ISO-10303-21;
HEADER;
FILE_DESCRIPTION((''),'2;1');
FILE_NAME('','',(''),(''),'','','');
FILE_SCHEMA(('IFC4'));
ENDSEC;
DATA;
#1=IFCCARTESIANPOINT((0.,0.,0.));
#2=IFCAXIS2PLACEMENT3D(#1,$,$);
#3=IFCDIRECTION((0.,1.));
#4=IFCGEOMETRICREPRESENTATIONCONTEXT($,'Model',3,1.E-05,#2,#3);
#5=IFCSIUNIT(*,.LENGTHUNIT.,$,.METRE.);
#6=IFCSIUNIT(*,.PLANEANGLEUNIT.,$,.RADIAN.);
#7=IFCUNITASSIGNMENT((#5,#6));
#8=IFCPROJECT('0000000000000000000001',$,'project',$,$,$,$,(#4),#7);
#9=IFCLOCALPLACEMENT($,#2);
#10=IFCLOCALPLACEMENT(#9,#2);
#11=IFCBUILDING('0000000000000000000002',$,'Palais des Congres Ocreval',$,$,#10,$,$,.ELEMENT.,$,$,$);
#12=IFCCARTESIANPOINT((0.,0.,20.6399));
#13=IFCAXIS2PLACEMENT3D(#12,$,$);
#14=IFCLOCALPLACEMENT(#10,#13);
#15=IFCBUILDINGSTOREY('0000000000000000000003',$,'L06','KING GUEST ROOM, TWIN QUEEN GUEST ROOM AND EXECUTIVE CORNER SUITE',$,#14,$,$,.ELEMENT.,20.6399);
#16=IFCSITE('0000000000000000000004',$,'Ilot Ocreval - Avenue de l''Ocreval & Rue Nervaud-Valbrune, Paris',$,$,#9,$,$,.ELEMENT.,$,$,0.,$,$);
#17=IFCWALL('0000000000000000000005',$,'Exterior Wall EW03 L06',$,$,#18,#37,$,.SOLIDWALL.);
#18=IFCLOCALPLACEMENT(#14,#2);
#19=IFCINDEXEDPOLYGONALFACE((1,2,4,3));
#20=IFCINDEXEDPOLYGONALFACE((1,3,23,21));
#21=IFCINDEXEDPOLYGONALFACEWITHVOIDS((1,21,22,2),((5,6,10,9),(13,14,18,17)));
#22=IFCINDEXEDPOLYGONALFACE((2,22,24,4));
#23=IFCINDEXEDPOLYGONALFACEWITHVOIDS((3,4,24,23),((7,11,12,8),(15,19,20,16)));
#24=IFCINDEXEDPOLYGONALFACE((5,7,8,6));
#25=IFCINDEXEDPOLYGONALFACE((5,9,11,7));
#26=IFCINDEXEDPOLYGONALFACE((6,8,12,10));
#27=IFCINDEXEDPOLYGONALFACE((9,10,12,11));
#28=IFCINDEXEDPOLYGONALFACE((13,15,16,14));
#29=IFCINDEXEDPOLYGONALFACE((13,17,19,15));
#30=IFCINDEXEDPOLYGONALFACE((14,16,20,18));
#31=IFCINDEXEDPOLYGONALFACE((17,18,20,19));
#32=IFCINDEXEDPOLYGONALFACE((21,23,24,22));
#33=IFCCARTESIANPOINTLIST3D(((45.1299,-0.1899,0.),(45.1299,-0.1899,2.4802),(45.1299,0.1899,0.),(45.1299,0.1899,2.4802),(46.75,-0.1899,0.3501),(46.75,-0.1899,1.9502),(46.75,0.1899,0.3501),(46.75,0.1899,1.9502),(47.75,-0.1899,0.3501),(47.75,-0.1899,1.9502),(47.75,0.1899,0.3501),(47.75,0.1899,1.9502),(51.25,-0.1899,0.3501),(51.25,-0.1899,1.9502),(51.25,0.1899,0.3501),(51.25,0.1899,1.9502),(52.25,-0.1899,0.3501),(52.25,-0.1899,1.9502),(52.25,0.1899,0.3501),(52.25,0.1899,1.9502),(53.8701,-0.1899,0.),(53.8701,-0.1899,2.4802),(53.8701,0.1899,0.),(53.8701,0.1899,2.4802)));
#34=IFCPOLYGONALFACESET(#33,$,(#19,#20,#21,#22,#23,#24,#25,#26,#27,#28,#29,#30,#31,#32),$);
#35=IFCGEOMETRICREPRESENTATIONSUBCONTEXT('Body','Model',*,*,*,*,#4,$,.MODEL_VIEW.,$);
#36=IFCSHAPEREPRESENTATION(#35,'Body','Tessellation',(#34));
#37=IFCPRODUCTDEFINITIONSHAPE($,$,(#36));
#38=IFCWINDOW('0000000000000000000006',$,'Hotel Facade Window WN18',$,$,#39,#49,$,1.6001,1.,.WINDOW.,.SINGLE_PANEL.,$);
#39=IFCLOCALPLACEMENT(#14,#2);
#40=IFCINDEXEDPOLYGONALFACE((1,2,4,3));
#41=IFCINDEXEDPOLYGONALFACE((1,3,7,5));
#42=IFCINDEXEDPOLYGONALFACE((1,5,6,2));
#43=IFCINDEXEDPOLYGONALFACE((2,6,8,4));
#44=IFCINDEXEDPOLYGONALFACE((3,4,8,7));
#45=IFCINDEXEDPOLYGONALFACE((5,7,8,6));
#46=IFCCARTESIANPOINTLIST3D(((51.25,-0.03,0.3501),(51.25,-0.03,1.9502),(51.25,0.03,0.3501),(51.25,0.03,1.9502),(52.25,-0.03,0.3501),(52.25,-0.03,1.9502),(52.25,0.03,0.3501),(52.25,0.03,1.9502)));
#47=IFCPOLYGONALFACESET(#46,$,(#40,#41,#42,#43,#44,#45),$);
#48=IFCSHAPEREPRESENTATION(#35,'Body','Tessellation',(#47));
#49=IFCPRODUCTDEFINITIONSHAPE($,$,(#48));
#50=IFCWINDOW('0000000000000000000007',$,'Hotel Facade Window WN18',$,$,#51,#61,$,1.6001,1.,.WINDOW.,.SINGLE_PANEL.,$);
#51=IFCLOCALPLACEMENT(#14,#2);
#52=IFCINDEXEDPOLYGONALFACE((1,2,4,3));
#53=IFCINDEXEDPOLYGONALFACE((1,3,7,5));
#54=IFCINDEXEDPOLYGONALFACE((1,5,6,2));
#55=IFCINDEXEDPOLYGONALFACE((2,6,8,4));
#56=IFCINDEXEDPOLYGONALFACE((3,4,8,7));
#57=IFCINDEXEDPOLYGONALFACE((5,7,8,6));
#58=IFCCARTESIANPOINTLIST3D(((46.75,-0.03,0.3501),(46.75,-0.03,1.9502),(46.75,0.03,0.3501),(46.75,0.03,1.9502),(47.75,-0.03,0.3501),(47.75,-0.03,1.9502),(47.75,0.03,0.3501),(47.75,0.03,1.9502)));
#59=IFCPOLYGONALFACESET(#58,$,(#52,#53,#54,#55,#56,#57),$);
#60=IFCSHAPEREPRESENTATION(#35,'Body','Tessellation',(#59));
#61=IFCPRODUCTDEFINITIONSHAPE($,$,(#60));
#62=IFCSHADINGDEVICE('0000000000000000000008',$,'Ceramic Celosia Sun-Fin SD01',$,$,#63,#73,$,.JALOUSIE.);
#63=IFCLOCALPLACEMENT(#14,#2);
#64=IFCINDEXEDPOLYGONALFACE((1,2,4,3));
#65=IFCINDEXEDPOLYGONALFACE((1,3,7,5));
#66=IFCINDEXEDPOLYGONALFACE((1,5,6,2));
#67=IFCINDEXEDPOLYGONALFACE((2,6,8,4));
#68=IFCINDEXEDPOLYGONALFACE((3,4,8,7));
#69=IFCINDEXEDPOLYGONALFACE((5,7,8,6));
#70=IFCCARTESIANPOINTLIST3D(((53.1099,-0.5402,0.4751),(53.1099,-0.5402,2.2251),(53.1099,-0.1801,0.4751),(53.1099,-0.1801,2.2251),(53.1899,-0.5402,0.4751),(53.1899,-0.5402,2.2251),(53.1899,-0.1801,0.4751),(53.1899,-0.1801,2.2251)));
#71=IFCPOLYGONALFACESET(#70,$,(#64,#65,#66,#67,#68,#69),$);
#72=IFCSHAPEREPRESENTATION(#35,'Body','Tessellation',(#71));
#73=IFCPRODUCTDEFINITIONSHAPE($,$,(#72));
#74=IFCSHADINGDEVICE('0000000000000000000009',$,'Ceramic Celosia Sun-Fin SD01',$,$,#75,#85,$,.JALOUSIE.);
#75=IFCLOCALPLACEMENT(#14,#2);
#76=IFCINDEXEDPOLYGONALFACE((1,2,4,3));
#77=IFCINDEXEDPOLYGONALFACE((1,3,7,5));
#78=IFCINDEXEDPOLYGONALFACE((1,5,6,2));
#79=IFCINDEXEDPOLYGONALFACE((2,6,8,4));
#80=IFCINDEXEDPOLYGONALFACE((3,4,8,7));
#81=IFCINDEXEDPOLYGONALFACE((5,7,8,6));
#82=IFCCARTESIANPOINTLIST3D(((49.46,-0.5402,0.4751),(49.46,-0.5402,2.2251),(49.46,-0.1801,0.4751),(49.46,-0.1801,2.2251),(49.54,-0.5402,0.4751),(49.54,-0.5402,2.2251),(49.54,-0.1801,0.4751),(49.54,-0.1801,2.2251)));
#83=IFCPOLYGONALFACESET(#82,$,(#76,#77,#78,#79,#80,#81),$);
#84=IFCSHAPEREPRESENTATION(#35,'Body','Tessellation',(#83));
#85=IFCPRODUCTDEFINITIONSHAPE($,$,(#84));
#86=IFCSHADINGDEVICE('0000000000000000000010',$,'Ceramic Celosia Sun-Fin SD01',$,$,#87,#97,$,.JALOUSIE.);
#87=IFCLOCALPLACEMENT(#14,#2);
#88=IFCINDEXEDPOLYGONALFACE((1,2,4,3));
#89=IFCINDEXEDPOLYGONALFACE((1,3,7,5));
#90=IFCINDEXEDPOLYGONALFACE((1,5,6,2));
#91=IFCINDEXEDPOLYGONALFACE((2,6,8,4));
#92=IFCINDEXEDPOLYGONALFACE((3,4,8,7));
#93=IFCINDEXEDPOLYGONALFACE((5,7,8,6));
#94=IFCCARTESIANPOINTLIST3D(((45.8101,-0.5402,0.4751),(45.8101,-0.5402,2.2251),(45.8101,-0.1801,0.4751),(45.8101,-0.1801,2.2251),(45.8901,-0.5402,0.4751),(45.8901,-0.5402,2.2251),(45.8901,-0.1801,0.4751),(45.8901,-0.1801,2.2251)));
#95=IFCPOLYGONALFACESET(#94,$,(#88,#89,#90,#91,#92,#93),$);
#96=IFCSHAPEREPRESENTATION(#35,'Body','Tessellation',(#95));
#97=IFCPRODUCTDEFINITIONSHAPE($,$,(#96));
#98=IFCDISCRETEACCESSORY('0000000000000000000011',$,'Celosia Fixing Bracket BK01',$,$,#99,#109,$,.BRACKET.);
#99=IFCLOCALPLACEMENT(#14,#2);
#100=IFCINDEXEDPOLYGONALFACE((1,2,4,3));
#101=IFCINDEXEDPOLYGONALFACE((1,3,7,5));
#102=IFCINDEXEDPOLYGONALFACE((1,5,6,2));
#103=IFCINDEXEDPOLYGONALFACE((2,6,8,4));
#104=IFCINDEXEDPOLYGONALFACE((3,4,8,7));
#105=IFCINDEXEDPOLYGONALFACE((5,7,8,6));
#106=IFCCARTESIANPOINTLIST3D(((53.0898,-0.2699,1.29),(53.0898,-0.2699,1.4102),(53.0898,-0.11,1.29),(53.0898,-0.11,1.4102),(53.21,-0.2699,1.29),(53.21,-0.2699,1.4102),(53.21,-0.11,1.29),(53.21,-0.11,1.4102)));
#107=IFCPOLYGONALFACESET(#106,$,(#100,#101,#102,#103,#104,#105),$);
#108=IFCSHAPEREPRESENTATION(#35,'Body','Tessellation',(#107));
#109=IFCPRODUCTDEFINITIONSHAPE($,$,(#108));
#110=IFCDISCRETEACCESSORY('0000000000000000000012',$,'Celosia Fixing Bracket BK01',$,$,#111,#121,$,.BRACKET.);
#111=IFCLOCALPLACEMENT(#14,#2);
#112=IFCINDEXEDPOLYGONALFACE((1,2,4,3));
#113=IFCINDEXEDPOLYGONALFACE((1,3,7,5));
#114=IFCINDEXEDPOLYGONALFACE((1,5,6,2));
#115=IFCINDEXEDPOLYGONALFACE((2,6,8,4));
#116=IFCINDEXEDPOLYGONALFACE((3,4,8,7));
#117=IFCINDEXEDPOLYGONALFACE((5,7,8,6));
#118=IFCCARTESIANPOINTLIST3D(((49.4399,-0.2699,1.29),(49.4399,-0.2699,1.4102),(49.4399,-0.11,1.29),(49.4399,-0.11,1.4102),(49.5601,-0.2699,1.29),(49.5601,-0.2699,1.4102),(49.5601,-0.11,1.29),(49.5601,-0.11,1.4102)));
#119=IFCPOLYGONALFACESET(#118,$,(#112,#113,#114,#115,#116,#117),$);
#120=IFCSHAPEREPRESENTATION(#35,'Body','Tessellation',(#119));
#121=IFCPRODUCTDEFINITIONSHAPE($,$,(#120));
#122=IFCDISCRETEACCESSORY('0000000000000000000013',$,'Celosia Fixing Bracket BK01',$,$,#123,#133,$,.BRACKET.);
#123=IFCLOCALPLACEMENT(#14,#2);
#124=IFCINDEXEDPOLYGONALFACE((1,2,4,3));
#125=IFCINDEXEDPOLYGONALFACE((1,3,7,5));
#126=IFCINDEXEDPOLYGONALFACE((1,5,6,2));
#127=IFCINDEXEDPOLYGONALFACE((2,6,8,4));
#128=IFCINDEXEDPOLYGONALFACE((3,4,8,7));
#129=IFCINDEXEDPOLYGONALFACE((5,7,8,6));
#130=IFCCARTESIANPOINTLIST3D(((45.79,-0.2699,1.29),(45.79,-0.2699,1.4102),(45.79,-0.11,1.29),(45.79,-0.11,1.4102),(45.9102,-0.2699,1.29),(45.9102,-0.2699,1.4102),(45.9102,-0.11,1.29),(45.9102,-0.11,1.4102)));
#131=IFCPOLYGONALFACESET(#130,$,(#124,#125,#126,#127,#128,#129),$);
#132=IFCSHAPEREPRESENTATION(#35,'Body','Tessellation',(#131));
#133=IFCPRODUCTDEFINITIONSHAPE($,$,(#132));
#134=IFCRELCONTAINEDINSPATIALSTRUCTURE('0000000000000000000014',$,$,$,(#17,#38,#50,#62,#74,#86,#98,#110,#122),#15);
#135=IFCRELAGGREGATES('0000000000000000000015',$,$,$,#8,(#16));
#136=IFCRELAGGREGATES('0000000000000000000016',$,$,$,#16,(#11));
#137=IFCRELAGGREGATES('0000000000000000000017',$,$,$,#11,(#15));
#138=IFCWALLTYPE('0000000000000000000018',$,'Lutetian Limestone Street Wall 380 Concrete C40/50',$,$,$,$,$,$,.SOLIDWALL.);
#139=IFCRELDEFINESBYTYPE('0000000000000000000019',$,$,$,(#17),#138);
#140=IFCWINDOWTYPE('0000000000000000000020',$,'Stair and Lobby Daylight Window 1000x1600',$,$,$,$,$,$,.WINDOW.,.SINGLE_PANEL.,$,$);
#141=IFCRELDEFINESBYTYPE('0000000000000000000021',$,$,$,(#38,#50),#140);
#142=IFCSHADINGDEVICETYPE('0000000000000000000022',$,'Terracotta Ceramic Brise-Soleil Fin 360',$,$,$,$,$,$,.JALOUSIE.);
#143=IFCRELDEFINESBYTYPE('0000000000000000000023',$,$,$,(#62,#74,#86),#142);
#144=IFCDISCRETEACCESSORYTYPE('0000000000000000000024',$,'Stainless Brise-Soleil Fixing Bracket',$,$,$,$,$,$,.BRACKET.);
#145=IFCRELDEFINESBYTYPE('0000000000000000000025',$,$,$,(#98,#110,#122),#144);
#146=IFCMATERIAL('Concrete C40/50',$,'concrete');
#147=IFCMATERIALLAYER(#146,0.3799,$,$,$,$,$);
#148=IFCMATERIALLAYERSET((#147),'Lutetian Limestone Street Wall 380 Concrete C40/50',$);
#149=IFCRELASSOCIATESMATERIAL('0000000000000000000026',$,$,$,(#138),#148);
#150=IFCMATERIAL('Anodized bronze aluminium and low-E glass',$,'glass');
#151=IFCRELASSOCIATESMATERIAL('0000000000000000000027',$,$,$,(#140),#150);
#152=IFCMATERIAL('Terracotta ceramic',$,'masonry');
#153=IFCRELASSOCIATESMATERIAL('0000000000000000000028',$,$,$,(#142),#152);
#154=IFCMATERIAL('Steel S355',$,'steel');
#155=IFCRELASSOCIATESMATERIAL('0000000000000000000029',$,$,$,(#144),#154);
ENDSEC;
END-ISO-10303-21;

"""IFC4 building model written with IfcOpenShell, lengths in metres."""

from ifc_helpers import new_model, si_unit, direction, frame, frame_2d, origin, origin_2d, place, context, subcontext, project, spatial, rectangle, extrude, material, layer, layer_set, type_object, element, fill, save


model = new_model("IFC4")

# Units and contexts
model_context = context("Model", 3, precision=1e-05, world=origin(), true_north=direction((0.0, 1.0)))
body_context = subcontext(model_context, "Body", "Model", "MODEL_VIEW")
ifc_project = project(units=[si_unit("LENGTHUNIT", "METRE"), si_unit("PLANEANGLEUNIT", "RADIAN")], contexts=[model_context])

# Site, building, storey
site_placement = place(None, origin())
site = spatial("IfcSite", under=ifc_project, at=site_placement, Name="Ilot Ocreval - Avenue de l'Ocreval & Rue Nervaud-Valbrune, Paris", CompositionType="ELEMENT", RefElevation=0.0)
building_placement = place(site_placement, origin())
building = spatial("IfcBuilding", under=site, at=building_placement, Name="Palais des Congres Ocreval", CompositionType="ELEMENT")
storey_placement = place(building_placement, frame((0.0, 0.0, 20.6399)))
storey = spatial("IfcBuildingStorey", under=building, at=storey_placement, Name="L06", Description="KING GUEST ROOM, TWIN QUEEN GUEST ROOM AND EXECUTIVE CORNER SUITE", CompositionType="ELEMENT", Elevation=20.6399)

# Shared definitions
ifc_material_1 = material(Name="Steel S355", Category="steel")

# Shared definitions
ifc_material_2 = material(Name="Concrete C40/50", Category="concrete")

# Wall, openings, windows
ifc_layer_1 = layer(ifc_material_2, 0.3799)
ifc_layer_set_1 = layer_set([ifc_layer_1], Name="Lutetian Limestone Street Wall 380 Concrete C40/50")
wall_type_1 = type_object("IfcWallType", Name="Lutetian Limestone Street Wall 380 Concrete C40/50", PredefinedType="SOLIDWALL", material=ifc_layer_set_1)
wall_1_placement = place(storey_placement, frame((53.8701, 0.0, 0.0), z_axis=(0.0, 0.0, 1.0), x_axis=(-1.0, 0.0, 0.0)))
wall_1 = element("IfcWall", 1, at=wall_1_placement, inside=storey, type_object=wall_type_1, Name="Exterior Wall EW03 L06", PredefinedType="SOLIDWALL", context=body_context, shape_type="SweptSolid", body=[
    extrude(rectangle(XDim=8.7402, YDim=0.3799, at=frame_2d((4.3701, 0.0))), origin(), (0.0, 0.0, 1.0), 2.4802),
])
opening_1_placement = place(wall_1_placement, frame((1.6201, 0.0, 0.3501)))
opening_1 = element("IfcOpeningElement", 2, at=opening_1_placement, cuts=wall_1, PredefinedType="OPENING", context=body_context, shape_type="SweptSolid", body=[
    extrude(rectangle(XDim=1.0, YDim=1.6001, at=frame_2d((0.5, 0.8))), frame((0.0, 0.2, 0.0), z_axis=(0.0, -1.0, 0.0), x_axis=(1.0, 0.0, 0.0)), (0.0, 0.0, 1.0), 0.3999),
])
opening_2_placement = place(wall_1_placement, frame((6.1201, 0.0, 0.3501)))
opening_2 = element("IfcOpeningElement", 3, at=opening_2_placement, cuts=wall_1, PredefinedType="OPENING", context=body_context, shape_type="SweptSolid", body=[
    extrude(rectangle(XDim=1.0, YDim=1.6001, at=frame_2d((0.5, 0.8))), frame((0.0, 0.2, 0.0), z_axis=(0.0, -1.0, 0.0), x_axis=(1.0, 0.0, 0.0)), (0.0, 0.0, 1.0), 0.3999),
])
ifc_material_3 = material(Name="Anodized bronze aluminium and low-E glass", Category="glass")
window_type = type_object("IfcWindowType", Name="Stair and Lobby Daylight Window 1000x1600", PartitioningType="SINGLE_PANEL", PredefinedType="WINDOW", material=ifc_material_3)
window_1_placement = place(opening_1_placement, origin())
window_1 = element("IfcWindow", 4, at=window_1_placement, inside=storey, type_object=window_type, Name="Hotel Facade Window WN18", OverallHeight=1.6001, OverallWidth=1.0, PartitioningType="SINGLE_PANEL", PredefinedType="WINDOW", context=body_context, shape_type="SweptSolid", body=[
    extrude(rectangle(XDim=1.0, YDim=1.6001, at=frame_2d((0.5, 0.8))), frame((0.0, 0.03, 0.0), z_axis=(0.0, -1.0, 0.0), x_axis=(1.0, 0.0, 0.0)), (0.0, 0.0, 1.0), 0.0601),
])
fill(opening_1, window_1)
window_2_placement = place(opening_2_placement, origin())
window_2 = element("IfcWindow", 5, at=window_2_placement, inside=storey, type_object=window_type, Name="Hotel Facade Window WN18", OverallHeight=1.6001, OverallWidth=1.0, PartitioningType="SINGLE_PANEL", PredefinedType="WINDOW", context=body_context, shape_type="SweptSolid", body=[
    extrude(rectangle(XDim=1.0, YDim=1.6001, at=frame_2d((0.5, 0.8))), frame((0.0, 0.03, 0.0), z_axis=(0.0, -1.0, 0.0), x_axis=(1.0, 0.0, 0.0)), (0.0, 0.0, 1.0), 0.0601),
])
fill(opening_2, window_2)

# Shading devices
ifc_material_4 = material(Name="Terracotta ceramic", Category="masonry")
shading_device_type = type_object("IfcShadingDeviceType", Name="Terracotta Ceramic Brise-Soleil Fin 360", PredefinedType="JALOUSIE", material=ifc_material_4)
for number, where, z_axis, x_axis, name in (
    (6, (53.1499, -0.3601, 0.4751), (0.0, 0.0, 1.0), (0.0, -1.0, 0.0), "Ceramic Celosia Sun-Fin SD01"),
    (7, (49.5, -0.3601, 0.4751), (0.0, 0.0, 1.0), (0.0, -1.0, 0.0), "Ceramic Celosia Sun-Fin SD01"),
    (8, (45.8501, -0.3601, 0.4751), (0.0, 0.0, 1.0), (0.0, -1.0, 0.0), "Ceramic Celosia Sun-Fin SD01"),
):
    element("IfcShadingDevice", number, at=place(storey_placement, frame(where, z_axis=z_axis, x_axis=x_axis)), inside=storey, type_object=shading_device_type, Name=name, PredefinedType="JALOUSIE", context=body_context, shape_type="SweptSolid", body=[
        extrude(rectangle(XDim=0.3601, YDim=0.0801, at=origin_2d()), origin(), (0.0, 0.0, 1.0), 1.75),
    ])

# Discrete accessories
discrete_accessory_type = type_object("IfcDiscreteAccessoryType", Name="Stainless Brise-Soleil Fixing Bracket", PredefinedType="BRACKET", material=ifc_material_1)
for number, where, z_axis, x_axis, name in (
    (9, (53.1499, -0.1899, 1.29), (0.0, 0.0, 1.0), (0.0, -1.0, 0.0), "Celosia Fixing Bracket BK01"),
    (10, (49.5, -0.1899, 1.29), (0.0, 0.0, 1.0), (0.0, -1.0, 0.0), "Celosia Fixing Bracket BK01"),
    (11, (45.8501, -0.1899, 1.29), (0.0, 0.0, 1.0), (0.0, -1.0, 0.0), "Celosia Fixing Bracket BK01"),
):
    element("IfcDiscreteAccessory", number, at=place(storey_placement, frame(where, z_axis=z_axis, x_axis=x_axis)), inside=storey, type_object=discrete_accessory_type, Name=name, PredefinedType="BRACKET", context=body_context, shape_type="SweptSolid", body=[
        extrude(rectangle(XDim=0.1599, YDim=0.1201, at=origin_2d()), origin(), (0.0, 0.0, 1.0), 0.1201),
    ])

save(model, "model.ifc")
